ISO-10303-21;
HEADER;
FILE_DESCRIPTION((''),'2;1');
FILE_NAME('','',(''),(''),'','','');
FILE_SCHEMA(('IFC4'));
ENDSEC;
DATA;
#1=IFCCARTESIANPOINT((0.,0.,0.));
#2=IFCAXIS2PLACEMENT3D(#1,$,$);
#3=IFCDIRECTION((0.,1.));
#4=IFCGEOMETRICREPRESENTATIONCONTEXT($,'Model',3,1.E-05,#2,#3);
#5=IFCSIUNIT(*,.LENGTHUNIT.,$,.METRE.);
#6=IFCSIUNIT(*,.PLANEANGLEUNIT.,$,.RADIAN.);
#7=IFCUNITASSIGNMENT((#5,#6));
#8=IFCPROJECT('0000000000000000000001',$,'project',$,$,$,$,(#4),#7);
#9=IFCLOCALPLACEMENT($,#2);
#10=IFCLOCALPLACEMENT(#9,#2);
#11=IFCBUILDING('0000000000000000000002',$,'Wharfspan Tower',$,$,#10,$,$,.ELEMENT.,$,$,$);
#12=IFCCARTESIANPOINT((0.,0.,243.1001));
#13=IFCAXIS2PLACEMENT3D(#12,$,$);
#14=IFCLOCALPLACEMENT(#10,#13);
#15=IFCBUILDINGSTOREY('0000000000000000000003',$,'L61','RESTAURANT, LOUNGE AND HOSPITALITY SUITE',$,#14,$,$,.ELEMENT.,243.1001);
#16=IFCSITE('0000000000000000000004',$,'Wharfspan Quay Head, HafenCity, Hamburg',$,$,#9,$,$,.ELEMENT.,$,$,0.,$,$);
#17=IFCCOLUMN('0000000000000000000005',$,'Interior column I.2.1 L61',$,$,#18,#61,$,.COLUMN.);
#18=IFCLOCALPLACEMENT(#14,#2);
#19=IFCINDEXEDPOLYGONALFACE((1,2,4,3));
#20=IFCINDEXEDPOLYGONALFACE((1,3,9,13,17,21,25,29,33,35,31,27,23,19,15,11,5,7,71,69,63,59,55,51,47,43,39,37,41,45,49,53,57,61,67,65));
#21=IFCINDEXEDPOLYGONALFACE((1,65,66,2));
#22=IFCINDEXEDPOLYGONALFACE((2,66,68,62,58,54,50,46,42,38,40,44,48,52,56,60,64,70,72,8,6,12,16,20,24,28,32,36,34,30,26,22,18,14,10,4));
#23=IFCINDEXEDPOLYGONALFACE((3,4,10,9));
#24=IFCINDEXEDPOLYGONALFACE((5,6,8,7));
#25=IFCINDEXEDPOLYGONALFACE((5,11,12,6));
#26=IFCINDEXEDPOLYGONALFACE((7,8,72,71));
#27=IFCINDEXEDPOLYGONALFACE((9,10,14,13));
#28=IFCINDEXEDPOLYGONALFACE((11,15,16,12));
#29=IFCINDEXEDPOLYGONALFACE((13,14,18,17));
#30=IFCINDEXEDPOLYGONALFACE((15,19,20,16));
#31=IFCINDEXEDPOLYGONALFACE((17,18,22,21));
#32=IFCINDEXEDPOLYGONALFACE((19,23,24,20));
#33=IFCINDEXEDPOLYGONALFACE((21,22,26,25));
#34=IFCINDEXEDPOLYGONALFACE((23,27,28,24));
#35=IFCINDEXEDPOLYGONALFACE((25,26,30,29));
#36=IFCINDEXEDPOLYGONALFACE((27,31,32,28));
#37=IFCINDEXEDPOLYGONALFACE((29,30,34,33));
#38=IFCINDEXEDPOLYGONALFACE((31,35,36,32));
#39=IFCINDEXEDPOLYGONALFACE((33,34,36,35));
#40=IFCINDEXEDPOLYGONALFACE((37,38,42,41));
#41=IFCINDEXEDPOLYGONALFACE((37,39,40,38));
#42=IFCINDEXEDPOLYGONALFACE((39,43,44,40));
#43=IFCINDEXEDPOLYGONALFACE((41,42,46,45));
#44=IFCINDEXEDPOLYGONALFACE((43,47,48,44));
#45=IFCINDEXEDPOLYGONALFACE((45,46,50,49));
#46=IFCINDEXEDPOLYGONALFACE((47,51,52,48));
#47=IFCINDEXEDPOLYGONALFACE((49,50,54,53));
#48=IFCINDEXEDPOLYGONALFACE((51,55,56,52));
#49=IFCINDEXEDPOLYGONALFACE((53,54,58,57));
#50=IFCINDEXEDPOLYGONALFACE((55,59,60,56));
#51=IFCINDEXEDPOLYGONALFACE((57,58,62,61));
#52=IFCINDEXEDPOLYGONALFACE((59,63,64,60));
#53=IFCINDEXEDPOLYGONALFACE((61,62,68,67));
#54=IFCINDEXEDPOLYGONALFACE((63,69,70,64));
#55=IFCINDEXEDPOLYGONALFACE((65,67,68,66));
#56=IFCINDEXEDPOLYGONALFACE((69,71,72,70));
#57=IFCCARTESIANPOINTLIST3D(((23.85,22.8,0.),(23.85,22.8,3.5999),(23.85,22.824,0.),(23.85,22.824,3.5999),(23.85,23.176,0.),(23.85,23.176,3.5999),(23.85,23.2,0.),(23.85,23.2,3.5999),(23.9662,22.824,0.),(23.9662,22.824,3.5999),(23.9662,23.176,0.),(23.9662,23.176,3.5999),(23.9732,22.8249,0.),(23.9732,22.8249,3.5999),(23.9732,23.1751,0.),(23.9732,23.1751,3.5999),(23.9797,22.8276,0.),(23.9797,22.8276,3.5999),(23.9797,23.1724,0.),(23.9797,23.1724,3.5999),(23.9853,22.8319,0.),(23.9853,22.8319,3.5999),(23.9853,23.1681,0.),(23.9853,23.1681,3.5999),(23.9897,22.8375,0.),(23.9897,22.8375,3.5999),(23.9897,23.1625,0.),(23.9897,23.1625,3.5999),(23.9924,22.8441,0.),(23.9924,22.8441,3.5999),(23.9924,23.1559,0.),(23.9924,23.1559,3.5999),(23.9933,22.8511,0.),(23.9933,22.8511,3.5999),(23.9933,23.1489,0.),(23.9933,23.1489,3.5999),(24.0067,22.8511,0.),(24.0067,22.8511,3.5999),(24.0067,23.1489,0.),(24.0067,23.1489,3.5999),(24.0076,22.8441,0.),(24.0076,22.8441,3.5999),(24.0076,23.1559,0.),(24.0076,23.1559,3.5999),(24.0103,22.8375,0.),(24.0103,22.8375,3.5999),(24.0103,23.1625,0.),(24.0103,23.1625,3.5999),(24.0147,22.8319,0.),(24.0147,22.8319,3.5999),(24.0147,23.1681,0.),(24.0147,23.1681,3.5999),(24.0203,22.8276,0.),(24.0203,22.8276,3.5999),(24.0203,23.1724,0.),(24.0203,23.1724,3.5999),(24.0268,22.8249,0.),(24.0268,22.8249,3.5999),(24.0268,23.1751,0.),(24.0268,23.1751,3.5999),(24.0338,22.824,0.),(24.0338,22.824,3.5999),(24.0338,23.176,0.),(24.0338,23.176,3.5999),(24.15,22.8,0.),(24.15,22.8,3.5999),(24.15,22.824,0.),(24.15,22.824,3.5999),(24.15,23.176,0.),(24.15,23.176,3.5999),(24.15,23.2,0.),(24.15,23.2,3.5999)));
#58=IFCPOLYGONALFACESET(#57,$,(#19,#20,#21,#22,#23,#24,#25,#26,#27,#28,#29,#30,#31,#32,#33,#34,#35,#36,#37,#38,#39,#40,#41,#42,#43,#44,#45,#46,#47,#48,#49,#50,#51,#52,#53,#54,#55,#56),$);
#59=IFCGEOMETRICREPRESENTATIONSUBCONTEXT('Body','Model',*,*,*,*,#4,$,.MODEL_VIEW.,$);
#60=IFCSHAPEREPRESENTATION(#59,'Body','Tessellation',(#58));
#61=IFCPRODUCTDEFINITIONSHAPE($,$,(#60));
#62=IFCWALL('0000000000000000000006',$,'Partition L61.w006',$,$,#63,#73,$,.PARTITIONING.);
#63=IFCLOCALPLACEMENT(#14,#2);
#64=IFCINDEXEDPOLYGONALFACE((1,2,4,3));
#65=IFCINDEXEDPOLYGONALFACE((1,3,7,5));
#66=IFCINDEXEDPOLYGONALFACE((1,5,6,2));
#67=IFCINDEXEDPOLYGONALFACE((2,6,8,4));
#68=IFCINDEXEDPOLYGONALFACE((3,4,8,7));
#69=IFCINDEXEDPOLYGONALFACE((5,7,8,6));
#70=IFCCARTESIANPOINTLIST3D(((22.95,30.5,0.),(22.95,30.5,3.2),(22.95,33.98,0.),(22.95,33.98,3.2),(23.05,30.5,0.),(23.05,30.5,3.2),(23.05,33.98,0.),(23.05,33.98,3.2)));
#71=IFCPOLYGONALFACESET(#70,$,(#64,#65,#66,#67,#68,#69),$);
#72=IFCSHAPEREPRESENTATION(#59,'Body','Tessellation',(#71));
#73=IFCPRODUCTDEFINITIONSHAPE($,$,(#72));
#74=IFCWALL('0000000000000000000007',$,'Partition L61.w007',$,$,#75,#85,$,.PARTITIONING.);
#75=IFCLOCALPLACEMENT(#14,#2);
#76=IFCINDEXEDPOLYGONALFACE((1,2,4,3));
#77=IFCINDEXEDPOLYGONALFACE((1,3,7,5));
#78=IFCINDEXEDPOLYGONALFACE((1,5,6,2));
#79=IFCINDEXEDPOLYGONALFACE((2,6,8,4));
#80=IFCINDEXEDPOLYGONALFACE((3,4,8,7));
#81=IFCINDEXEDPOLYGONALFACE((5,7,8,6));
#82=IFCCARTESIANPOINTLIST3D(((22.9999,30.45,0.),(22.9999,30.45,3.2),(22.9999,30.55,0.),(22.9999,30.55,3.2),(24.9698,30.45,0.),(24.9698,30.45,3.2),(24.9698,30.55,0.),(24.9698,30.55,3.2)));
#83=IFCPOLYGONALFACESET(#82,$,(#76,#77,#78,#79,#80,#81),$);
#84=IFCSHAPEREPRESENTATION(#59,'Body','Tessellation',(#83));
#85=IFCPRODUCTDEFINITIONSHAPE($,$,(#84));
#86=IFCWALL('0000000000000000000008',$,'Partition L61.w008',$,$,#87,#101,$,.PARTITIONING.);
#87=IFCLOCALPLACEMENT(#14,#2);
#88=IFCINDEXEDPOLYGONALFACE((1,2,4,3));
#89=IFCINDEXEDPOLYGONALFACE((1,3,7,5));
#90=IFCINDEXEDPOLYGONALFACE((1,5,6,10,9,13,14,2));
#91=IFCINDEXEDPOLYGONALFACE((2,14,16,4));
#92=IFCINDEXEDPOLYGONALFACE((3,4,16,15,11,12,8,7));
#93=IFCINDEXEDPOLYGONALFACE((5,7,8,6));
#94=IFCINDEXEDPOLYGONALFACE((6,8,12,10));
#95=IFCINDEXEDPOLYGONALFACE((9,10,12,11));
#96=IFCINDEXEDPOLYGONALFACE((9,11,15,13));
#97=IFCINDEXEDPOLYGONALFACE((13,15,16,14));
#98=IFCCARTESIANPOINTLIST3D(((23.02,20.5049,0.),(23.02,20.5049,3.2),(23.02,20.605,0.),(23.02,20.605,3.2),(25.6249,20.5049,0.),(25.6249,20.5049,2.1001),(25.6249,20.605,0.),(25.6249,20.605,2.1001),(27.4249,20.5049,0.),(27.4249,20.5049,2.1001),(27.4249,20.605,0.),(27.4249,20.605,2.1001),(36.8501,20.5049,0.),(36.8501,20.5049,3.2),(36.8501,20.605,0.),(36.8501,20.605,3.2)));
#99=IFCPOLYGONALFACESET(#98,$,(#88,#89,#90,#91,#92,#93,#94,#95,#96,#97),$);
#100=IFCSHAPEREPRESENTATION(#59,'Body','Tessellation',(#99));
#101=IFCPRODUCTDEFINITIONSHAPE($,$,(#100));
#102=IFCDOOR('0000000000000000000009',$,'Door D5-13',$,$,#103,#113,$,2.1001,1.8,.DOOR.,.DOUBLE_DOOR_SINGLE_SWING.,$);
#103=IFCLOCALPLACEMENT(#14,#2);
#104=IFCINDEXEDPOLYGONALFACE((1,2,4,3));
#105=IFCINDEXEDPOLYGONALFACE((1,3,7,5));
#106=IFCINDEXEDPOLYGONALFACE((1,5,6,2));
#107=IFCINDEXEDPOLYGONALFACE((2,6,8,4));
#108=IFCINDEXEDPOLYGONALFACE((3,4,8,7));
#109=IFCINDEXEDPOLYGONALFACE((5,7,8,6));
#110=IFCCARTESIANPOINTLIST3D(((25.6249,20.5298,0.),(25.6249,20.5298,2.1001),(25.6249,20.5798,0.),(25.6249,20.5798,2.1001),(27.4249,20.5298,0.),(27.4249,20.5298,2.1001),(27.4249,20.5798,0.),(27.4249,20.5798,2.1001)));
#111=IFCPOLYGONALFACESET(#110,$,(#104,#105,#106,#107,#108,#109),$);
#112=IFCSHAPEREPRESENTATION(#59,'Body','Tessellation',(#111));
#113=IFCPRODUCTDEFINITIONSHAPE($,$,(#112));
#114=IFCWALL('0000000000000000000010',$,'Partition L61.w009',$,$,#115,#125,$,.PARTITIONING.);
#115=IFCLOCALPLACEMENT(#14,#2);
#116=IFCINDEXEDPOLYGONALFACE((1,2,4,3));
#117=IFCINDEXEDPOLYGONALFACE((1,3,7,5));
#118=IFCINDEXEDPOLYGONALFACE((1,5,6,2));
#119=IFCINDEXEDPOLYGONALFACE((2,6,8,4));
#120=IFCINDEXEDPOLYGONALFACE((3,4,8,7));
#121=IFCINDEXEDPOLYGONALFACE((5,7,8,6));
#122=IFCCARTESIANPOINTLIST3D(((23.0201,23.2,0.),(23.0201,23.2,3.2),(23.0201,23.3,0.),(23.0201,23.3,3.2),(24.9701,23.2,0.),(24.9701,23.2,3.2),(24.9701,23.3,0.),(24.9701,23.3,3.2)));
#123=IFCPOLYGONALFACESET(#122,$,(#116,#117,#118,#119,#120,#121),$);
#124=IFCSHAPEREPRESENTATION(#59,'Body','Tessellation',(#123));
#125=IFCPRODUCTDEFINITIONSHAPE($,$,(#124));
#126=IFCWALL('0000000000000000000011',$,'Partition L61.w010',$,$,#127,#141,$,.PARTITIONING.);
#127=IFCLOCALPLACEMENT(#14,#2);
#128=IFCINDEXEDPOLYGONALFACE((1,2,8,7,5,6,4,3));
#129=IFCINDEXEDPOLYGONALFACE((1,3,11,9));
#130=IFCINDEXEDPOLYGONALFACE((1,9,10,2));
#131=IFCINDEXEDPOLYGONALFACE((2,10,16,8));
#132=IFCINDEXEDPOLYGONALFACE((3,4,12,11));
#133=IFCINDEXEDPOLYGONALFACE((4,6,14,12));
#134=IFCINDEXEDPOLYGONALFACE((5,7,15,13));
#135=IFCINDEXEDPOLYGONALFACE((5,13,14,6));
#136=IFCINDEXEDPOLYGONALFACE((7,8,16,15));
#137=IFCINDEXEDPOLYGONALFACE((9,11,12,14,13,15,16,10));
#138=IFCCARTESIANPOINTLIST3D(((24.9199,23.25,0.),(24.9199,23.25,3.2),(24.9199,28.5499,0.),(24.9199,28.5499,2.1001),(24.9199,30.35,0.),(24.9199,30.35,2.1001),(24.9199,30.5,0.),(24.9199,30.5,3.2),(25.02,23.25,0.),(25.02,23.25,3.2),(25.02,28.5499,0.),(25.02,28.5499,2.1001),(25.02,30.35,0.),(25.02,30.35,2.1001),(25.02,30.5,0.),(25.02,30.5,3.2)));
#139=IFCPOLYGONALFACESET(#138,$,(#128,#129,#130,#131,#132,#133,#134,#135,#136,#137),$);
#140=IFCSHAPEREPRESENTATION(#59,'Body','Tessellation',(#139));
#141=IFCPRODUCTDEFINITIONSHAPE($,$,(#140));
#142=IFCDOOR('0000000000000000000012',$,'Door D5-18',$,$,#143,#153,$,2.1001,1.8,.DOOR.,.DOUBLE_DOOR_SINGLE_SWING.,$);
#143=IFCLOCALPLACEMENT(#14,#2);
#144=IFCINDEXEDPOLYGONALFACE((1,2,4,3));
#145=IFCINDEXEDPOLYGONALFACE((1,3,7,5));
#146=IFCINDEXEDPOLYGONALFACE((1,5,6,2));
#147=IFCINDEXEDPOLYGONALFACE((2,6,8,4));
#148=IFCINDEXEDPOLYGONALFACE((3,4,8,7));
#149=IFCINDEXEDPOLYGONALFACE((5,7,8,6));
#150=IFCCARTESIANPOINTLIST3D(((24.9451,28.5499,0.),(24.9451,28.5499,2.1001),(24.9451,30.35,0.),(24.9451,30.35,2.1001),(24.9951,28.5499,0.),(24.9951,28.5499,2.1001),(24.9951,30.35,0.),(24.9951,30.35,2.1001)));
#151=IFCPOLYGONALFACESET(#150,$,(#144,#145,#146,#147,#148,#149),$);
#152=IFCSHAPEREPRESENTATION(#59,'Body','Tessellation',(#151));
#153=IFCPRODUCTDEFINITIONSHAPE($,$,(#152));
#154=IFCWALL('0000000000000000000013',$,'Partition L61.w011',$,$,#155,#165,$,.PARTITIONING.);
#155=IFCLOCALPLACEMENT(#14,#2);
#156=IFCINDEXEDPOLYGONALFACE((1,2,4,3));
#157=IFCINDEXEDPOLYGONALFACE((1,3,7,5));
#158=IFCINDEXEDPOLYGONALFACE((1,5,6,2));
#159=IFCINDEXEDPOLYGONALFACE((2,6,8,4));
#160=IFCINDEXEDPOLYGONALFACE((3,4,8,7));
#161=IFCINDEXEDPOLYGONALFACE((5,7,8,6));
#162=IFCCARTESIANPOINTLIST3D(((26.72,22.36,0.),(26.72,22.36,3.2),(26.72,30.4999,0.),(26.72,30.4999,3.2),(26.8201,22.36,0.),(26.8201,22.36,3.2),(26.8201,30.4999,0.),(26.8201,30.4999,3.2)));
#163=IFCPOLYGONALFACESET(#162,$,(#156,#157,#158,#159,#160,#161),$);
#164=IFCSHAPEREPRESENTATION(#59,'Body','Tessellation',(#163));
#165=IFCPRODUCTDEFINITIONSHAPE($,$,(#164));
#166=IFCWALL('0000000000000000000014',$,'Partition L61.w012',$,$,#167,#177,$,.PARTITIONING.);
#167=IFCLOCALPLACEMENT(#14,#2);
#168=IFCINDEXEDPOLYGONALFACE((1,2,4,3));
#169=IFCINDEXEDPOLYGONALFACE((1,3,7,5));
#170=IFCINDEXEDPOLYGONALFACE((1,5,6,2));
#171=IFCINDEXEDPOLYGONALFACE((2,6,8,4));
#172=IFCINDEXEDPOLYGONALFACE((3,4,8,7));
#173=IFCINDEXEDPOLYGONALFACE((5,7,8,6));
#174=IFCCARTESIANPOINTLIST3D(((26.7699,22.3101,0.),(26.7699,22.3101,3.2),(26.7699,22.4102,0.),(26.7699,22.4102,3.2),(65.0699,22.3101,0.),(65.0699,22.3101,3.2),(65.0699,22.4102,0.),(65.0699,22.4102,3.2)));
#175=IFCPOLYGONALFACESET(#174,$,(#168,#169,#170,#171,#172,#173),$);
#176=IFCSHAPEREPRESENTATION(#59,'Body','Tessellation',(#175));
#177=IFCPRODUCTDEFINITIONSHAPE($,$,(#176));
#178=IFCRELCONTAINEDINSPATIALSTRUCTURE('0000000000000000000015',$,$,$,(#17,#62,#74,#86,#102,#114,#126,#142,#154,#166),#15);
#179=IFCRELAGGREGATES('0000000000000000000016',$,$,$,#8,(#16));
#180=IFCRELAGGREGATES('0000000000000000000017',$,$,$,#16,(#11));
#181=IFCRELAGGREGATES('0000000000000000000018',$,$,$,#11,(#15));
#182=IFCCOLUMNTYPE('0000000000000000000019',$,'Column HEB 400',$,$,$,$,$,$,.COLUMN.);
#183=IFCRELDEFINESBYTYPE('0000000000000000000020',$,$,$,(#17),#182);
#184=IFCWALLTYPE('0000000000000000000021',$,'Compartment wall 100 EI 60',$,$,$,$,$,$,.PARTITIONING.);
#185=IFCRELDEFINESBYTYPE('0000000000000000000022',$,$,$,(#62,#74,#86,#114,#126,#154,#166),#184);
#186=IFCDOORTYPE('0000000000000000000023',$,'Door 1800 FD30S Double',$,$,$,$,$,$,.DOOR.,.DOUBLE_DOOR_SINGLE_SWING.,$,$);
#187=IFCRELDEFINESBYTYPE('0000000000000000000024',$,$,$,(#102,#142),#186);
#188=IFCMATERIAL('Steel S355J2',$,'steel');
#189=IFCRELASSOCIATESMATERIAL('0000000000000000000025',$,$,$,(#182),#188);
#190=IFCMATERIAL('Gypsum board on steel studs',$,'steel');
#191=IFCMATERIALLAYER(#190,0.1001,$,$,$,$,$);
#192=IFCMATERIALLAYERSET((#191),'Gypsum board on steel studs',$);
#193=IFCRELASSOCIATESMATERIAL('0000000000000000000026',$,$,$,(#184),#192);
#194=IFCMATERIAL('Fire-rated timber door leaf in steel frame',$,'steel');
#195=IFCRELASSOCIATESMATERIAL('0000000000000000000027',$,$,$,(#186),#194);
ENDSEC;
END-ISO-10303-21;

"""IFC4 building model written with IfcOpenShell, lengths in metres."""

from ifc_helpers import new_model, si_unit, direction, frame, frame_2d, origin, origin_2d, place, context, subcontext, project, spatial, rectangle, i_section, extrude, material, layer, layer_set, material_profile, profile_set, type_object, element, fill, save


model = new_model("IFC4")

# Units and contexts
model_context = context("Model", 3, precision=1e-05, world=origin(), true_north=direction((0.0, 1.0)))
body_context = subcontext(model_context, "Body", "Model", "MODEL_VIEW")
ifc_project = project(units=[si_unit("LENGTHUNIT", "METRE"), si_unit("PLANEANGLEUNIT", "RADIAN")], contexts=[model_context])

# Site, building, storey
site_placement = place(None, origin())
site = spatial("IfcSite", under=ifc_project, at=site_placement, Name="Wharfspan Quay Head, HafenCity, Hamburg", CompositionType="ELEMENT", RefElevation=0.0)
building_placement = place(site_placement, origin())
building = spatial("IfcBuilding", under=site, at=building_placement, Name="Wharfspan Tower", CompositionType="ELEMENT")
storey_placement = place(building_placement, frame((0.0, 0.0, 243.1001)))
storey = spatial("IfcBuildingStorey", under=building, at=storey_placement, Name="L61", Description="RESTAURANT, LOUNGE AND HOSPITALITY SUITE", CompositionType="ELEMENT", Elevation=243.1001)

# Column
ifc_material_1 = material(Name="Steel S355J2", Category="steel")
ifc_material_profile = material_profile(ifc_material_1, i_section(OverallWidth=0.3, OverallDepth=0.3999, WebThickness=0.0134, FlangeThickness=0.0239, FilletRadius=0.0271, at=origin_2d()))
ifc_profile_set = profile_set([ifc_material_profile], Name="Steel S355J2")
column_type = type_object("IfcColumnType", Name="Column HEB 400", PredefinedType="COLUMN", material=ifc_profile_set)
column_placement = place(storey_placement, frame((24.0, 23.0, 0.0), z_axis=(0.0, 0.0, 1.0), x_axis=(1.0, 0.0, 0.0)))
element("IfcColumn", 1, at=column_placement, inside=storey, type_object=column_type, Name="Interior column I.2.1 L61", PredefinedType="COLUMN", context=body_context, shape_type="SweptSolid", body=[
    extrude(i_section(OverallWidth=0.3, OverallDepth=0.3999, WebThickness=0.0134, FlangeThickness=0.0239, FilletRadius=0.0271, at=origin_2d()), origin(), (0.0, 0.0, 1.0), 3.5999),
])

# Walls
ifc_material_2 = material(Name="Gypsum board on steel studs", Category="steel")
ifc_layer_1 = layer(ifc_material_2, 0.1001)
ifc_layer_set_1 = layer_set([ifc_layer_1], Name="Gypsum board on steel studs")
wall_type_1 = type_object("IfcWallType", Name="Compartment wall 100 EI 60", PredefinedType="PARTITIONING", material=ifc_layer_set_1)
wall_1_placement = place(storey_placement, frame((23.0, 30.5, 0.0), z_axis=(0.0, 0.0, 1.0), x_axis=(0.0, 1.0, 0.0)))
element("IfcWall", 2, at=wall_1_placement, inside=storey, type_object=wall_type_1, Name="Partition L61.w006", PredefinedType="PARTITIONING", context=body_context, shape_type="SweptSolid", body=[
    extrude(rectangle(XDim=3.48, YDim=0.1001, at=frame_2d((1.74, 0.0))), origin(), (0.0, 0.0, 1.0), 3.2),
])
wall_2_placement = place(storey_placement, frame((23.0, 30.5, 0.0), z_axis=(0.0, 0.0, 1.0), x_axis=(1.0, 0.0, 0.0)))
element("IfcWall", 3, at=wall_2_placement, inside=storey, type_object=wall_type_1, Name="Partition L61.w007", PredefinedType="PARTITIONING", context=body_context, shape_type="SweptSolid", body=[
    extrude(rectangle(XDim=1.97, YDim=0.1001, at=frame_2d((0.9849, 0.0))), origin(), (0.0, 0.0, 1.0), 3.2),
])

# Wall, opening, door
wall_3_placement = place(storey_placement, frame((23.02, 20.5549, 0.0), z_axis=(0.0, 0.0, 1.0), x_axis=(1.0, 0.0, 0.0)))
wall_3 = element("IfcWall", 4, at=wall_3_placement, inside=storey, type_object=wall_type_1, Name="Partition L61.w008", PredefinedType="PARTITIONING", context=body_context, shape_type="SweptSolid", body=[
    extrude(rectangle(XDim=13.8301, YDim=0.1001, at=frame_2d((6.915, 0.0))), origin(), (0.0, 0.0, 1.0), 3.2),
])
opening_1_placement = place(wall_3_placement, frame((2.605, 0.0, 0.0)))
opening_1 = element("IfcOpeningElement", 5, at=opening_1_placement, cuts=wall_3, PredefinedType="OPENING", context=body_context, shape_type="SweptSolid", body=[
    extrude(rectangle(XDim=1.8, YDim=2.1001, at=frame_2d((0.8999, 1.05))), frame((0.0, 0.0601, 0.0), z_axis=(0.0, -1.0, 0.0), x_axis=(1.0, 0.0, 0.0)), (0.0, 0.0, 1.0), 0.1201),
])
ifc_material_3 = material(Name="Fire-rated timber door leaf in steel frame", Category="steel")
door_type_1 = type_object("IfcDoorType", Name="Door 1800 FD30S Double", OperationType="DOUBLE_DOOR_SINGLE_SWING", PredefinedType="DOOR", material=ifc_material_3)
door_1_placement = place(opening_1_placement, origin())
door_1 = element("IfcDoor", 6, at=door_1_placement, inside=storey, type_object=door_type_1, Name="Door D5-13", OperationType="DOUBLE_DOOR_SINGLE_SWING", OverallHeight=2.1001, OverallWidth=1.8, PredefinedType="DOOR", context=body_context, shape_type="SweptSolid", body=[
    extrude(rectangle(XDim=1.8, YDim=2.1001, at=frame_2d((0.8999, 1.05))), frame((0.0, 0.0249, 0.0), z_axis=(0.0, -1.0, 0.0), x_axis=(1.0, 0.0, 0.0)), (0.0, 0.0, 1.0), 0.05),
])
fill(opening_1, door_1)

# Wall
wall_4_placement = place(storey_placement, frame((23.02, 23.25, 0.0), z_axis=(0.0, 0.0, 1.0), x_axis=(1.0, 0.0, 0.0)))
element("IfcWall", 7, at=wall_4_placement, inside=storey, type_object=wall_type_1, Name="Partition L61.w009", PredefinedType="PARTITIONING", context=body_context, shape_type="SweptSolid", body=[
    extrude(rectangle(XDim=1.95, YDim=0.1001, at=frame_2d((0.9751, 0.0))), origin(), (0.0, 0.0, 1.0), 3.2),
])

# Wall, opening, door
wall_5_placement = place(storey_placement, frame((24.97, 23.25, 0.0), z_axis=(0.0, 0.0, 1.0), x_axis=(0.0, 1.0, 0.0)))
wall_5 = element("IfcWall", 8, at=wall_5_placement, inside=storey, type_object=wall_type_1, Name="Partition L61.w010", PredefinedType="PARTITIONING", context=body_context, shape_type="SweptSolid", body=[
    extrude(rectangle(XDim=7.25, YDim=0.1001, at=frame_2d((3.625, 0.0))), origin(), (0.0, 0.0, 1.0), 3.2),
])
opening_2_placement = place(wall_5_placement, frame((5.3, 0.0, 0.0)))
opening_2 = element("IfcOpeningElement", 9, at=opening_2_placement, cuts=wall_5, PredefinedType="OPENING", context=body_context, shape_type="SweptSolid", body=[
    extrude(rectangle(XDim=1.8, YDim=2.1001, at=frame_2d((0.8999, 1.05))), frame((0.0, 0.0601, 0.0), z_axis=(0.0, -1.0, 0.0), x_axis=(1.0, 0.0, 0.0)), (0.0, 0.0, 1.0), 0.1201),
])
door_2_placement = place(opening_2_placement, origin())
door_2 = element("IfcDoor", 10, at=door_2_placement, inside=storey, type_object=door_type_1, Name="Door D5-18", OperationType="DOUBLE_DOOR_SINGLE_SWING", OverallHeight=2.1001, OverallWidth=1.8, PredefinedType="DOOR", context=body_context, shape_type="SweptSolid", body=[
    extrude(rectangle(XDim=1.8, YDim=2.1001, at=frame_2d((0.8999, 1.05))), frame((0.0, 0.0249, 0.0), z_axis=(0.0, -1.0, 0.0), x_axis=(1.0, 0.0, 0.0)), (0.0, 0.0, 1.0), 0.05),
])
fill(opening_2, door_2)

# Walls
wall_6_placement = place(storey_placement, frame((26.77, 22.3601, 0.0), z_axis=(0.0, 0.0, 1.0), x_axis=(0.0, 1.0, 0.0)))
element("IfcWall", 11, at=wall_6_placement, inside=storey, type_object=wall_type_1, Name="Partition L61.w011", PredefinedType="PARTITIONING", context=body_context, shape_type="SweptSolid", body=[
    extrude(rectangle(XDim=8.1399, YDim=0.1001, at=frame_2d((4.0698, 0.0))), origin(), (0.0, 0.0, 1.0), 3.2),
])
wall_7_placement = place(storey_placement, frame((26.77, 22.3601, 0.0), z_axis=(0.0, 0.0, 1.0), x_axis=(1.0, 0.0, 0.0)))
element("IfcWall", 12, at=wall_7_placement, inside=storey, type_object=wall_type_1, Name="Partition L61.w012", PredefinedType="PARTITIONING", context=body_context, shape_type="SweptSolid", body=[
    extrude(rectangle(XDim=38.3, YDim=0.1001, at=frame_2d((19.1499, 0.0))), origin(), (0.0, 0.0, 1.0), 3.2),
])

save(model, "model.ifc")
